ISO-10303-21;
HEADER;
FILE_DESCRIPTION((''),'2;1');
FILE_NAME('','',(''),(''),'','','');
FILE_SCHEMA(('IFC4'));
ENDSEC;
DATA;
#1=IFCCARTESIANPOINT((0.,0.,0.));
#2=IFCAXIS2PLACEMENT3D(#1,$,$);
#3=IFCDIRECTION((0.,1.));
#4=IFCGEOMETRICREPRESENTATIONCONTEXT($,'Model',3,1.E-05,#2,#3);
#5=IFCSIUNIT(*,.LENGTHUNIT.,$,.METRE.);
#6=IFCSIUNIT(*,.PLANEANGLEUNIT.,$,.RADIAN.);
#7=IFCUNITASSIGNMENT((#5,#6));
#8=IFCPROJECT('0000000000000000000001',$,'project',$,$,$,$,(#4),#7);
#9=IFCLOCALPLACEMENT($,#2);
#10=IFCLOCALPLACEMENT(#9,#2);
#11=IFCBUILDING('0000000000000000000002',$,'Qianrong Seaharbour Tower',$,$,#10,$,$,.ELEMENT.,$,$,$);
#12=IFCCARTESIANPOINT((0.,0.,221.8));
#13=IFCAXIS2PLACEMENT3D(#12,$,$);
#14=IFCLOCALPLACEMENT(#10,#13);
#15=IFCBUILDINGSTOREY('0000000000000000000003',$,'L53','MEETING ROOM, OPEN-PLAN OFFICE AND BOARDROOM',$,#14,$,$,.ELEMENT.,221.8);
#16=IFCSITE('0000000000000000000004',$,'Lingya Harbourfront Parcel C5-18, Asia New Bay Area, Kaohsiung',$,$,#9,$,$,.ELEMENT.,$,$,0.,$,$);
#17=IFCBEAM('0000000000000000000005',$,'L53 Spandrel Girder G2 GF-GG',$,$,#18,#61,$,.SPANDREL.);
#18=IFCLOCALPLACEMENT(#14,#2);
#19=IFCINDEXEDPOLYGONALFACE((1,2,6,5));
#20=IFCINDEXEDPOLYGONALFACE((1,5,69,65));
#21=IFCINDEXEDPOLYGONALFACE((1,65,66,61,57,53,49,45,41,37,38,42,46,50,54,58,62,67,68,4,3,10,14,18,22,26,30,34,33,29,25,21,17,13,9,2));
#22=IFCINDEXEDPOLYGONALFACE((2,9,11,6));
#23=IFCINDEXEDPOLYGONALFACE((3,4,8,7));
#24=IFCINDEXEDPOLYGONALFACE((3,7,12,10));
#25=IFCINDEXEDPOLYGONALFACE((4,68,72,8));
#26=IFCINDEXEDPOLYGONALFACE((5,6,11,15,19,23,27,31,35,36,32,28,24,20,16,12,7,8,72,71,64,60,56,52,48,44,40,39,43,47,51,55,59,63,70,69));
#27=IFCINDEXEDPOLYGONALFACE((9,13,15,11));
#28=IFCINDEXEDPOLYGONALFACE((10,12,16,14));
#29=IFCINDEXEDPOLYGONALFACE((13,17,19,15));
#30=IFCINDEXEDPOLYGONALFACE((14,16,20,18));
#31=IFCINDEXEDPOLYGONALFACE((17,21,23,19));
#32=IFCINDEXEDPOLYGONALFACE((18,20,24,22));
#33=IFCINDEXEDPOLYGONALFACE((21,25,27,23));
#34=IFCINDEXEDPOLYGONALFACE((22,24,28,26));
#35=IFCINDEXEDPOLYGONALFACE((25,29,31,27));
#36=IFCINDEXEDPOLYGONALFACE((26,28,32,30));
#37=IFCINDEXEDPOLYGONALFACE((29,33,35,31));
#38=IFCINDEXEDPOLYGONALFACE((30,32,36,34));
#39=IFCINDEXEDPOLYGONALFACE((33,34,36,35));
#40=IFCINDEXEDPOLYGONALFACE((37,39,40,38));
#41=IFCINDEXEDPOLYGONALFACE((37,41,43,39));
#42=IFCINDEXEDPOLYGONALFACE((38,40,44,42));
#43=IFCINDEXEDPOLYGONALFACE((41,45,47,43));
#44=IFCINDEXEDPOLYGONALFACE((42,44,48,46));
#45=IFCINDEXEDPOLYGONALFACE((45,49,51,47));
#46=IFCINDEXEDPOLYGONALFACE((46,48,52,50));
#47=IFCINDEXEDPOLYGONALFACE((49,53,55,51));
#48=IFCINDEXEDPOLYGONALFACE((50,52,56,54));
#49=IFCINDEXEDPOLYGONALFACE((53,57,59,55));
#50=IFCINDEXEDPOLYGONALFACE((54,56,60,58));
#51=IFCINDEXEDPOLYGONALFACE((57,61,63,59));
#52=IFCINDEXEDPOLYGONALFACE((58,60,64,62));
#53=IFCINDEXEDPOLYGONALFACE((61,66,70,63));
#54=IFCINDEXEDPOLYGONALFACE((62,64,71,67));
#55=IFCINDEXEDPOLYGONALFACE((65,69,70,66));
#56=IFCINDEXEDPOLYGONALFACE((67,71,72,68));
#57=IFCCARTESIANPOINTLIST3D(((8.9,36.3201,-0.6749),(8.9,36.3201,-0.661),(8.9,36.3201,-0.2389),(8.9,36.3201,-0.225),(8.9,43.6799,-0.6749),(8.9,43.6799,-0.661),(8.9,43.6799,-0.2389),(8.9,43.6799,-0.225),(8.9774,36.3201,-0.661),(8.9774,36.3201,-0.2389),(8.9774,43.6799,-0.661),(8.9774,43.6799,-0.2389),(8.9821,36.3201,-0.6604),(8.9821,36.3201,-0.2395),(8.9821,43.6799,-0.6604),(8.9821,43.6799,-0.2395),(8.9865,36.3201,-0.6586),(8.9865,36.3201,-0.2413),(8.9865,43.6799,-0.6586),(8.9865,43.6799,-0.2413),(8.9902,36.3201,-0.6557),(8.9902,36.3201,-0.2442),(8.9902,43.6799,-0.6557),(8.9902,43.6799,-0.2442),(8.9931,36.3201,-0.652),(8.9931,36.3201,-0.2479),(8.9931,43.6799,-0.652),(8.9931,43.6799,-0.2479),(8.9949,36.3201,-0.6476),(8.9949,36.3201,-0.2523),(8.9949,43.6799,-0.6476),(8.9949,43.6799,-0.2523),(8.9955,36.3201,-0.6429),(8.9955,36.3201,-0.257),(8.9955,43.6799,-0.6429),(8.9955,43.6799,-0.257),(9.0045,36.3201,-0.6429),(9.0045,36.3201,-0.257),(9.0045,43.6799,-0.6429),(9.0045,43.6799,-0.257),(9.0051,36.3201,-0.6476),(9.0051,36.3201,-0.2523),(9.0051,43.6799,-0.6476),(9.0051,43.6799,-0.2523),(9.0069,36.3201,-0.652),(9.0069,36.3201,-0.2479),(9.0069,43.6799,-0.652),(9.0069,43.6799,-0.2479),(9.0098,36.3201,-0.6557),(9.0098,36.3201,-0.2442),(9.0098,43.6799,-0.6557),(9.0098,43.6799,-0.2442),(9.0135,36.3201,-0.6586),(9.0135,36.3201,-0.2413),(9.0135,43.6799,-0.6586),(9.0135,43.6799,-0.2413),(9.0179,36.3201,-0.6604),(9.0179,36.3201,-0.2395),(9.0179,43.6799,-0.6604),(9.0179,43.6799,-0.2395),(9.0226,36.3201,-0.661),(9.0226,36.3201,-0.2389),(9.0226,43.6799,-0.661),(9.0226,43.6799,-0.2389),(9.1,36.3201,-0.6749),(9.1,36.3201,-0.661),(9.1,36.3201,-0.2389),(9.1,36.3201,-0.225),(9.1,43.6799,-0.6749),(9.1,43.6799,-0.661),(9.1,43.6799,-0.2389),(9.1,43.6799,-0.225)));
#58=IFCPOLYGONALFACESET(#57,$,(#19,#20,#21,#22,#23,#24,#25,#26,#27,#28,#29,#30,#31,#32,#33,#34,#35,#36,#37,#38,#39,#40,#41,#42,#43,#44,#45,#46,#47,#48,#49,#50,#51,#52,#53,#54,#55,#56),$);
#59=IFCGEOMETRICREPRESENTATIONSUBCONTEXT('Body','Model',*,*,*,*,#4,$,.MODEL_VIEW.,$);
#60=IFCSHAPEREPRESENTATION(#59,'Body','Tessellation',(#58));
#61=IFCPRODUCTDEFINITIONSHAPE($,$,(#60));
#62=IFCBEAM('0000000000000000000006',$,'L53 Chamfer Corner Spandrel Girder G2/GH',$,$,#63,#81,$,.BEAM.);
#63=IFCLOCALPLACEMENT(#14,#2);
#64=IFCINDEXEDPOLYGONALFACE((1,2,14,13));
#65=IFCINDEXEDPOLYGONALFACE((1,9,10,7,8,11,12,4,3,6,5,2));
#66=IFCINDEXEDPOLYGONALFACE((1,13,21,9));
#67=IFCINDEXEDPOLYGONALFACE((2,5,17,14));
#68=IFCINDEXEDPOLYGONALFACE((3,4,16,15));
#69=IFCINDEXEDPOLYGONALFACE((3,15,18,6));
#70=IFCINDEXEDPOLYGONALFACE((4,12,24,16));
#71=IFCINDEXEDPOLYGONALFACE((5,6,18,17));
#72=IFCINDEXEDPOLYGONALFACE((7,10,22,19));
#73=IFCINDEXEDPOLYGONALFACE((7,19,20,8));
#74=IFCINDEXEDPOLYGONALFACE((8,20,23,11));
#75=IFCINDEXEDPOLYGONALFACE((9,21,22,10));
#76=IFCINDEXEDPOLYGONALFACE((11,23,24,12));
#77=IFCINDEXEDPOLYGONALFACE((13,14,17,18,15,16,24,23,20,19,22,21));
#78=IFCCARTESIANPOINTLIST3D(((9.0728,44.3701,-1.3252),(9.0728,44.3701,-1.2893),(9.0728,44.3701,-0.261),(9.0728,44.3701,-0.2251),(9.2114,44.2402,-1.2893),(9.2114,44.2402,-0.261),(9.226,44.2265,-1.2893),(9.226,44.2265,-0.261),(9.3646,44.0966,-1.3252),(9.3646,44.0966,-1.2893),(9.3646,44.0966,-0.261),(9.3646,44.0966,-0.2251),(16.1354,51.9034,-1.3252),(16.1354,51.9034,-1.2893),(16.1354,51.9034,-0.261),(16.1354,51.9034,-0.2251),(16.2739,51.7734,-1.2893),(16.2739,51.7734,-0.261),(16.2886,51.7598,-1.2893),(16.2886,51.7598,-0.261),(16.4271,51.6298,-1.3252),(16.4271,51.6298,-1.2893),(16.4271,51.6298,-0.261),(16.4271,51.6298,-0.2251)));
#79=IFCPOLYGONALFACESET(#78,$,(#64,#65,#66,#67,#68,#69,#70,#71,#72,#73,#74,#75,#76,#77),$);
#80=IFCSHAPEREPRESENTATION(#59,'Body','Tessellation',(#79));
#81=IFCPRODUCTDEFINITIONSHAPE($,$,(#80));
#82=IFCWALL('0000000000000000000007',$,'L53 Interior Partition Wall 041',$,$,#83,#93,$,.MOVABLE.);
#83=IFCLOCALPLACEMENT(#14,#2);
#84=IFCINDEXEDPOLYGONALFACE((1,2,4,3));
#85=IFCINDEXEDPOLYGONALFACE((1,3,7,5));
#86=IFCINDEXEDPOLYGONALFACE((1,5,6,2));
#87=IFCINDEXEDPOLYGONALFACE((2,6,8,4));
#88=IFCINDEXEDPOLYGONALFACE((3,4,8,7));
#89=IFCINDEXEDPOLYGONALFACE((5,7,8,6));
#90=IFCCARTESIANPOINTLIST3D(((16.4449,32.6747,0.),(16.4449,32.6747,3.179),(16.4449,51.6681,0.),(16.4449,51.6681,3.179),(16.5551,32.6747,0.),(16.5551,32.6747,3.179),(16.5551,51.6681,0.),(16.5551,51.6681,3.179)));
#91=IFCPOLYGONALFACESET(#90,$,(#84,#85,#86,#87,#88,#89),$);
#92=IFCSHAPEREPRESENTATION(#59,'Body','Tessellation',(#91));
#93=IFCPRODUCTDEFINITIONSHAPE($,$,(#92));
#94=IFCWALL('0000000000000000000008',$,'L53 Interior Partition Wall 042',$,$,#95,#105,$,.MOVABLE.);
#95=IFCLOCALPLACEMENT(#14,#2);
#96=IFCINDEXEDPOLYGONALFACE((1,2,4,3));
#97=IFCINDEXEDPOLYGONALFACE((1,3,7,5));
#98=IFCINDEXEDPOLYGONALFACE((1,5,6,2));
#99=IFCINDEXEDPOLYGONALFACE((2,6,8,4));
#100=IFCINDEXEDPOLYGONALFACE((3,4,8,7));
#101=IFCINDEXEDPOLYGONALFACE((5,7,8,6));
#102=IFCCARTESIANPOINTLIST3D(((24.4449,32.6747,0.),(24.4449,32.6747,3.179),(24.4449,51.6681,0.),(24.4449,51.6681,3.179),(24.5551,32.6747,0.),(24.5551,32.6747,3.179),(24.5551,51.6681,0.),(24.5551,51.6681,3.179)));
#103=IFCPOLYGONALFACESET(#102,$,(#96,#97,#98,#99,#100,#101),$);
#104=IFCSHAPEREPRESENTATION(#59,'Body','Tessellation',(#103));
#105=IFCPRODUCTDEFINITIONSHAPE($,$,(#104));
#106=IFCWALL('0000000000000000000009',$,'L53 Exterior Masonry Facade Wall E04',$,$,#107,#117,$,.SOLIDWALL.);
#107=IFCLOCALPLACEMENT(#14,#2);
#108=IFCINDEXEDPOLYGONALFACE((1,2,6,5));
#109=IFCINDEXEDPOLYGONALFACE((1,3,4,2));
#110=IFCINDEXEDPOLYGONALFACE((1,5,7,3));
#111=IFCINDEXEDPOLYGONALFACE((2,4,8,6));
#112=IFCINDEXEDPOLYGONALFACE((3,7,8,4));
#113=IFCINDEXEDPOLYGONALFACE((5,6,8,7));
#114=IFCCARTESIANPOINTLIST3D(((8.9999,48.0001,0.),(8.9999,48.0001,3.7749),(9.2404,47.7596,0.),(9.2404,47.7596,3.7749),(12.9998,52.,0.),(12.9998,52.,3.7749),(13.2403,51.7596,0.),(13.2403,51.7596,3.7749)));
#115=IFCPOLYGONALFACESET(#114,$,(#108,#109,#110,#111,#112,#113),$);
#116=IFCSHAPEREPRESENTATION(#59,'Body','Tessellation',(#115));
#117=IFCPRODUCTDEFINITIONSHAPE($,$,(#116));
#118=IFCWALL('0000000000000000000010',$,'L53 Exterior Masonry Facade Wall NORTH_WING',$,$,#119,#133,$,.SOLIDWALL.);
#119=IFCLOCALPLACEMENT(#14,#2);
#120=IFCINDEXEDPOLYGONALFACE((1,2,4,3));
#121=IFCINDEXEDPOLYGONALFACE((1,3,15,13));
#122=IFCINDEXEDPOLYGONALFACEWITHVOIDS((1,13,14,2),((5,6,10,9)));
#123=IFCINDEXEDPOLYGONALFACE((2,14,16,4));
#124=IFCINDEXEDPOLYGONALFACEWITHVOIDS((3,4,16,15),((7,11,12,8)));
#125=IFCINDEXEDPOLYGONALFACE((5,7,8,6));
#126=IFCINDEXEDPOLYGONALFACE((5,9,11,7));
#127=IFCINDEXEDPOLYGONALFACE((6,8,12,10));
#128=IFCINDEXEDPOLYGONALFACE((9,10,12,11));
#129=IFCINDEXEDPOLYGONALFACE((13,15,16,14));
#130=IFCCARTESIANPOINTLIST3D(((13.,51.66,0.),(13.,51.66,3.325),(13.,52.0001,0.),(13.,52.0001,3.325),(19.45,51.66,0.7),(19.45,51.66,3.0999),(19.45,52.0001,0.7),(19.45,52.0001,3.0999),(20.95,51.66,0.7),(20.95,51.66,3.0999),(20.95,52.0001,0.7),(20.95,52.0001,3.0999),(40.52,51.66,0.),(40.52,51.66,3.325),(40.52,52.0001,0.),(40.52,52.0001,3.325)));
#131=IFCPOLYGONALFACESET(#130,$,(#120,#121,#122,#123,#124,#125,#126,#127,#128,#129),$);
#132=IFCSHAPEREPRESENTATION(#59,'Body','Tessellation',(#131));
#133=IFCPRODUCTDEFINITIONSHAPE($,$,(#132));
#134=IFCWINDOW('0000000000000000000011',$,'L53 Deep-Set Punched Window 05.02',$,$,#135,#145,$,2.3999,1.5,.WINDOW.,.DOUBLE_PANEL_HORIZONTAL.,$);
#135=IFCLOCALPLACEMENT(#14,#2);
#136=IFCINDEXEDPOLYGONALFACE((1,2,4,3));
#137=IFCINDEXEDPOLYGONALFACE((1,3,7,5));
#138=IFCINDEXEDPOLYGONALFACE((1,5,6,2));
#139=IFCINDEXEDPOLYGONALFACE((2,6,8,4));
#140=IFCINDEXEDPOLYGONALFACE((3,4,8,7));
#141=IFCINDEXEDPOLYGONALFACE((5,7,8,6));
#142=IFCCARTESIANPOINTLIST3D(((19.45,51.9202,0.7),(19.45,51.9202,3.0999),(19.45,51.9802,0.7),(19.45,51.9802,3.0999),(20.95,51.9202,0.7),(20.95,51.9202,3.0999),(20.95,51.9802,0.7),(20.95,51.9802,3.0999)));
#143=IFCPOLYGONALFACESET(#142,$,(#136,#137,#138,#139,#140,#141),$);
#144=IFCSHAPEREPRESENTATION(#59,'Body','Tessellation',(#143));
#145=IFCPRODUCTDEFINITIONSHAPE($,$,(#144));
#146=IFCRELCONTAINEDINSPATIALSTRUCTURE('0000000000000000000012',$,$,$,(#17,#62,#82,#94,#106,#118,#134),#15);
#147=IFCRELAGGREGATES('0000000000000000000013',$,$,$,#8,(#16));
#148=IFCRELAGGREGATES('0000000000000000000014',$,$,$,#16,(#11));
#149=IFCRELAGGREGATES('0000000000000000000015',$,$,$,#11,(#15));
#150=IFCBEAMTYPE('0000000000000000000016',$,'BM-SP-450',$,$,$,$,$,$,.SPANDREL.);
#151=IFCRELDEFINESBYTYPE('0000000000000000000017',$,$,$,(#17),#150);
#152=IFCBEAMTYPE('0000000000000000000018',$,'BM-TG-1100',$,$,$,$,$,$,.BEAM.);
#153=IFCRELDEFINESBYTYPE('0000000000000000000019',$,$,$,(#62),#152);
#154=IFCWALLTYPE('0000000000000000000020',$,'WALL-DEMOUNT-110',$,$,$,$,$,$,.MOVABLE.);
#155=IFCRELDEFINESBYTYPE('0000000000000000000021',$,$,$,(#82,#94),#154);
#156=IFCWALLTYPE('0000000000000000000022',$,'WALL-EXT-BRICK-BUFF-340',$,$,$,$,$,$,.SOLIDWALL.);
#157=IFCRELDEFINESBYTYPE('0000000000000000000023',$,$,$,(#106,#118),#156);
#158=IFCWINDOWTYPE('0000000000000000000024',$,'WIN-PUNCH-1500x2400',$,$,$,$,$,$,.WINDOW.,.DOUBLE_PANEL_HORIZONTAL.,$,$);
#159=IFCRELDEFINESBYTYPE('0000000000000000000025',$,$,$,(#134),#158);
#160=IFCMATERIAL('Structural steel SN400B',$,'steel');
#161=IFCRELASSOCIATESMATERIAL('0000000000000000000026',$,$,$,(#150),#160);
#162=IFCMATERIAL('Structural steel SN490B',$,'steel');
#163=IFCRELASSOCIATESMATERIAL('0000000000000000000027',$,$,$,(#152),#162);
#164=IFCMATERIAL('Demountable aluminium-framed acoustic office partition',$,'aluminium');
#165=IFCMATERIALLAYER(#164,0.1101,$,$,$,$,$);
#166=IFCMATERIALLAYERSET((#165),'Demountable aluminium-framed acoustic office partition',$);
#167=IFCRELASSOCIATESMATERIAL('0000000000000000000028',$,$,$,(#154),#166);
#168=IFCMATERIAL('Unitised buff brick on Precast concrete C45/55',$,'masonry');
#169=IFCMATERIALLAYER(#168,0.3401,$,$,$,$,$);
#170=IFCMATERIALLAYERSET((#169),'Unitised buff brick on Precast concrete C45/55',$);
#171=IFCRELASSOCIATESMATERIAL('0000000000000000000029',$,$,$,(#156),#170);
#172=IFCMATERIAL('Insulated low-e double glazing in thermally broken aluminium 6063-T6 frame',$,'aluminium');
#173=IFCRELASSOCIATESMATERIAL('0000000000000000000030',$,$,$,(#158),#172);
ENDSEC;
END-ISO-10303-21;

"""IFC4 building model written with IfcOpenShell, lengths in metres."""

from ifc_helpers import new_model, si_unit, direction, frame, frame_2d, origin, origin_2d, place, context, subcontext, project, spatial, rectangle, i_section, extrude, material, layer, layer_set, material_profile, profile_set, type_object, element, fill, save


model = new_model("IFC4")

# Units and contexts
model_context = context("Model", 3, precision=1e-05, world=origin(), true_north=direction((0.0, 1.0)))
body_context = subcontext(model_context, "Body", "Model", "MODEL_VIEW")
ifc_project = project(units=[si_unit("LENGTHUNIT", "METRE"), si_unit("PLANEANGLEUNIT", "RADIAN")], contexts=[model_context])

# Site, building, storey
site_placement = place(None, origin())
site = spatial("IfcSite", under=ifc_project, at=site_placement, Name="Lingya Harbourfront Parcel C5-18, Asia New Bay Area, Kaohsiung", CompositionType="ELEMENT", RefElevation=0.0)
building_placement = place(site_placement, origin())
building = spatial("IfcBuilding", under=site, at=building_placement, Name="Qianrong Seaharbour Tower", CompositionType="ELEMENT")
storey_placement = place(building_placement, frame((0.0, 0.0, 221.8)))
storey = spatial("IfcBuildingStorey", under=building, at=storey_placement, Name="L53", Description="MEETING ROOM, OPEN-PLAN OFFICE AND BOARDROOM", CompositionType="ELEMENT", Elevation=221.8)

# Shared definitions
ifc_material_1 = material(Name="Structural steel SN490B", Category="steel")

# Beams
ifc_material_2 = material(Name="Structural steel SN400B", Category="steel")
ifc_material_profile_1 = material_profile(ifc_material_2, i_section(OverallWidth=0.2, OverallDepth=0.45, WebThickness=0.009, FlangeThickness=0.0139, FilletRadius=0.0181, at=origin_2d()), Name="H450x200x9x14")
ifc_profile_set_1 = profile_set([ifc_material_profile_1], Name="Structural steel SN400B")
beam_type_1 = type_object("IfcBeamType", Name="BM-SP-450", PredefinedType="SPANDREL", material=ifc_profile_set_1)
for number, where, z_axis, x_axis, name in (
    (1, (9.0, 36.3201, -0.45), (0.0, 1.0, 0.0), (-1.0, 0.0, 0.0), "L53 Spandrel Girder G2 GF-GG"),
):
    element("IfcBeam", number, at=place(storey_placement, frame(where, z_axis=z_axis, x_axis=x_axis)), inside=storey, type_object=beam_type_1, Name=name, PredefinedType="SPANDREL", context=body_context, shape_type="SweptSolid", body=[
        extrude(i_section(OverallWidth=0.2, OverallDepth=0.45, WebThickness=0.009, FlangeThickness=0.0139, FilletRadius=0.0181, at=origin_2d()), origin(), (0.0, 0.0, 1.0), 7.3599),
    ])
ifc_material_profile_2 = material_profile(ifc_material_1, i_section(OverallWidth=0.3999, OverallDepth=1.1001, WebThickness=0.02, FlangeThickness=0.0359, at=origin_2d()), Name="BH1100x400x20x36")
ifc_profile_set_2 = profile_set([ifc_material_profile_2], Name="Structural steel SN490B")
beam_type_2 = type_object("IfcBeamType", Name="BM-TG-1100", PredefinedType="BEAM", material=ifc_profile_set_2)
beam_1_placement = place(storey_placement, frame((16.2812, 51.7666, -0.7751), z_axis=(-0.683947, -0.729531, 0.0), x_axis=(0.729531, -0.683947, 0.0)))
element("IfcBeam", 2, at=beam_1_placement, inside=storey, type_object=beam_type_2, Name="L53 Chamfer Corner Spandrel Girder G2/GH", PredefinedType="BEAM", context=body_context, shape_type="SweptSolid", body=[
    extrude(i_section(OverallWidth=0.3999, OverallDepth=1.1001, WebThickness=0.02, FlangeThickness=0.0359, at=origin_2d()), origin(), (0.0, 0.0, 1.0), 10.3262),
])

# Walls
ifc_material_3 = material(Name="Demountable aluminium-framed acoustic office partition", Category="aluminium")
ifc_layer_1 = layer(ifc_material_3, 0.1101)
ifc_layer_set_1 = layer_set([ifc_layer_1], Name="Demountable aluminium-framed acoustic office partition")
wall_type_1 = type_object("IfcWallType", Name="WALL-DEMOUNT-110", PredefinedType="MOVABLE", material=ifc_layer_set_1)
for number, where, z_axis, x_axis, name in (
    (3, (16.5, 51.668, 0.0), (0.0, 0.0, 1.0), (0.0, -1.0, 0.0), "L53 Interior Partition Wall 041"),
    (4, (24.5, 51.668, 0.0), (0.0, 0.0, 1.0), (0.0, -1.0, 0.0), "L53 Interior Partition Wall 042"),
):
    element("IfcWall", number, at=place(storey_placement, frame(where, z_axis=z_axis, x_axis=x_axis)), inside=storey, type_object=wall_type_1, Name=name, PredefinedType="MOVABLE", context=body_context, shape_type="SweptSolid", body=[
        extrude(rectangle(XDim=18.9934, YDim=0.1101, at=frame_2d((9.4966, 0.0))), origin(), (0.0, 0.0, 1.0), 3.179),
    ])
ifc_material_4 = material(Name="Unitised buff brick on Precast concrete C45/55", Category="masonry")
ifc_layer_2 = layer(ifc_material_4, 0.3401)
ifc_layer_set_2 = layer_set([ifc_layer_2], Name="Unitised buff brick on Precast concrete C45/55")
wall_type_2 = type_object("IfcWallType", Name="WALL-EXT-BRICK-BUFF-340", PredefinedType="SOLIDWALL", material=ifc_layer_set_2)
wall_1_placement = place(storey_placement, frame((9.1201, 47.8799, 0.0), z_axis=(0.0, 0.0, 1.0), x_axis=(0.707107, 0.707107, 0.0)))
element("IfcWall", 5, at=wall_1_placement, inside=storey, type_object=wall_type_2, Name="L53 Exterior Masonry Facade Wall E04", PredefinedType="SOLIDWALL", context=body_context, shape_type="SweptSolid", body=[
    extrude(rectangle(XDim=5.6567, YDim=0.3401, at=frame_2d((2.8284, 0.0))), origin(), (0.0, 0.0, 1.0), 3.7749),
])

# Wall, opening, window
wall_2_placement = place(storey_placement, frame((13.0, 51.8301, 0.0), z_axis=(0.0, 0.0, 1.0), x_axis=(1.0, 0.0, 0.0)))
wall_2 = element("IfcWall", 6, at=wall_2_placement, inside=storey, type_object=wall_type_2, Name="L53 Exterior Masonry Facade Wall NORTH_WING", PredefinedType="SOLIDWALL", context=body_context, shape_type="SweptSolid", body=[
    extrude(rectangle(XDim=27.52, YDim=0.3401, at=frame_2d((13.76, 0.0))), origin(), (0.0, 0.0, 1.0), 3.325),
])
opening_placement = place(wall_2_placement, frame((6.45, 0.0, 0.7)))
opening = element("IfcOpeningElement", 7, at=opening_placement, cuts=wall_2, PredefinedType="OPENING", context=body_context, shape_type="SweptSolid", body=[
    extrude(rectangle(XDim=1.5, YDim=2.3999, at=frame_2d((0.75, 1.2))), frame((0.0, 0.1802, 0.0), z_axis=(0.0, -1.0, 0.0), x_axis=(1.0, 0.0, 0.0)), (0.0, 0.0, 1.0), 0.3601),
])
ifc_material_5 = material(Name="Insulated low-e double glazing in thermally broken aluminium 6063-T6 frame", Category="aluminium")
window_type = type_object("IfcWindowType", Name="WIN-PUNCH-1500x2400", PartitioningType="DOUBLE_PANEL_HORIZONTAL", PredefinedType="WINDOW", material=ifc_material_5)
window_placement = place(opening_placement, origin())
window = element("IfcWindow", 8, at=window_placement, inside=storey, type_object=window_type, Name="L53 Deep-Set Punched Window 05.02", OverallHeight=2.3999, OverallWidth=1.5, PartitioningType="DOUBLE_PANEL_HORIZONTAL", PredefinedType="WINDOW", context=body_context, shape_type="SweptSolid", body=[
    extrude(rectangle(XDim=1.5, YDim=2.3999, at=frame_2d((0.75, 1.2))), frame((0.0, 0.1501, 0.0), z_axis=(0.0, -1.0, 0.0), x_axis=(1.0, 0.0, 0.0)), (0.0, 0.0, 1.0), 0.0601),
])
fill(opening, window)

save(model, "model.ifc")
